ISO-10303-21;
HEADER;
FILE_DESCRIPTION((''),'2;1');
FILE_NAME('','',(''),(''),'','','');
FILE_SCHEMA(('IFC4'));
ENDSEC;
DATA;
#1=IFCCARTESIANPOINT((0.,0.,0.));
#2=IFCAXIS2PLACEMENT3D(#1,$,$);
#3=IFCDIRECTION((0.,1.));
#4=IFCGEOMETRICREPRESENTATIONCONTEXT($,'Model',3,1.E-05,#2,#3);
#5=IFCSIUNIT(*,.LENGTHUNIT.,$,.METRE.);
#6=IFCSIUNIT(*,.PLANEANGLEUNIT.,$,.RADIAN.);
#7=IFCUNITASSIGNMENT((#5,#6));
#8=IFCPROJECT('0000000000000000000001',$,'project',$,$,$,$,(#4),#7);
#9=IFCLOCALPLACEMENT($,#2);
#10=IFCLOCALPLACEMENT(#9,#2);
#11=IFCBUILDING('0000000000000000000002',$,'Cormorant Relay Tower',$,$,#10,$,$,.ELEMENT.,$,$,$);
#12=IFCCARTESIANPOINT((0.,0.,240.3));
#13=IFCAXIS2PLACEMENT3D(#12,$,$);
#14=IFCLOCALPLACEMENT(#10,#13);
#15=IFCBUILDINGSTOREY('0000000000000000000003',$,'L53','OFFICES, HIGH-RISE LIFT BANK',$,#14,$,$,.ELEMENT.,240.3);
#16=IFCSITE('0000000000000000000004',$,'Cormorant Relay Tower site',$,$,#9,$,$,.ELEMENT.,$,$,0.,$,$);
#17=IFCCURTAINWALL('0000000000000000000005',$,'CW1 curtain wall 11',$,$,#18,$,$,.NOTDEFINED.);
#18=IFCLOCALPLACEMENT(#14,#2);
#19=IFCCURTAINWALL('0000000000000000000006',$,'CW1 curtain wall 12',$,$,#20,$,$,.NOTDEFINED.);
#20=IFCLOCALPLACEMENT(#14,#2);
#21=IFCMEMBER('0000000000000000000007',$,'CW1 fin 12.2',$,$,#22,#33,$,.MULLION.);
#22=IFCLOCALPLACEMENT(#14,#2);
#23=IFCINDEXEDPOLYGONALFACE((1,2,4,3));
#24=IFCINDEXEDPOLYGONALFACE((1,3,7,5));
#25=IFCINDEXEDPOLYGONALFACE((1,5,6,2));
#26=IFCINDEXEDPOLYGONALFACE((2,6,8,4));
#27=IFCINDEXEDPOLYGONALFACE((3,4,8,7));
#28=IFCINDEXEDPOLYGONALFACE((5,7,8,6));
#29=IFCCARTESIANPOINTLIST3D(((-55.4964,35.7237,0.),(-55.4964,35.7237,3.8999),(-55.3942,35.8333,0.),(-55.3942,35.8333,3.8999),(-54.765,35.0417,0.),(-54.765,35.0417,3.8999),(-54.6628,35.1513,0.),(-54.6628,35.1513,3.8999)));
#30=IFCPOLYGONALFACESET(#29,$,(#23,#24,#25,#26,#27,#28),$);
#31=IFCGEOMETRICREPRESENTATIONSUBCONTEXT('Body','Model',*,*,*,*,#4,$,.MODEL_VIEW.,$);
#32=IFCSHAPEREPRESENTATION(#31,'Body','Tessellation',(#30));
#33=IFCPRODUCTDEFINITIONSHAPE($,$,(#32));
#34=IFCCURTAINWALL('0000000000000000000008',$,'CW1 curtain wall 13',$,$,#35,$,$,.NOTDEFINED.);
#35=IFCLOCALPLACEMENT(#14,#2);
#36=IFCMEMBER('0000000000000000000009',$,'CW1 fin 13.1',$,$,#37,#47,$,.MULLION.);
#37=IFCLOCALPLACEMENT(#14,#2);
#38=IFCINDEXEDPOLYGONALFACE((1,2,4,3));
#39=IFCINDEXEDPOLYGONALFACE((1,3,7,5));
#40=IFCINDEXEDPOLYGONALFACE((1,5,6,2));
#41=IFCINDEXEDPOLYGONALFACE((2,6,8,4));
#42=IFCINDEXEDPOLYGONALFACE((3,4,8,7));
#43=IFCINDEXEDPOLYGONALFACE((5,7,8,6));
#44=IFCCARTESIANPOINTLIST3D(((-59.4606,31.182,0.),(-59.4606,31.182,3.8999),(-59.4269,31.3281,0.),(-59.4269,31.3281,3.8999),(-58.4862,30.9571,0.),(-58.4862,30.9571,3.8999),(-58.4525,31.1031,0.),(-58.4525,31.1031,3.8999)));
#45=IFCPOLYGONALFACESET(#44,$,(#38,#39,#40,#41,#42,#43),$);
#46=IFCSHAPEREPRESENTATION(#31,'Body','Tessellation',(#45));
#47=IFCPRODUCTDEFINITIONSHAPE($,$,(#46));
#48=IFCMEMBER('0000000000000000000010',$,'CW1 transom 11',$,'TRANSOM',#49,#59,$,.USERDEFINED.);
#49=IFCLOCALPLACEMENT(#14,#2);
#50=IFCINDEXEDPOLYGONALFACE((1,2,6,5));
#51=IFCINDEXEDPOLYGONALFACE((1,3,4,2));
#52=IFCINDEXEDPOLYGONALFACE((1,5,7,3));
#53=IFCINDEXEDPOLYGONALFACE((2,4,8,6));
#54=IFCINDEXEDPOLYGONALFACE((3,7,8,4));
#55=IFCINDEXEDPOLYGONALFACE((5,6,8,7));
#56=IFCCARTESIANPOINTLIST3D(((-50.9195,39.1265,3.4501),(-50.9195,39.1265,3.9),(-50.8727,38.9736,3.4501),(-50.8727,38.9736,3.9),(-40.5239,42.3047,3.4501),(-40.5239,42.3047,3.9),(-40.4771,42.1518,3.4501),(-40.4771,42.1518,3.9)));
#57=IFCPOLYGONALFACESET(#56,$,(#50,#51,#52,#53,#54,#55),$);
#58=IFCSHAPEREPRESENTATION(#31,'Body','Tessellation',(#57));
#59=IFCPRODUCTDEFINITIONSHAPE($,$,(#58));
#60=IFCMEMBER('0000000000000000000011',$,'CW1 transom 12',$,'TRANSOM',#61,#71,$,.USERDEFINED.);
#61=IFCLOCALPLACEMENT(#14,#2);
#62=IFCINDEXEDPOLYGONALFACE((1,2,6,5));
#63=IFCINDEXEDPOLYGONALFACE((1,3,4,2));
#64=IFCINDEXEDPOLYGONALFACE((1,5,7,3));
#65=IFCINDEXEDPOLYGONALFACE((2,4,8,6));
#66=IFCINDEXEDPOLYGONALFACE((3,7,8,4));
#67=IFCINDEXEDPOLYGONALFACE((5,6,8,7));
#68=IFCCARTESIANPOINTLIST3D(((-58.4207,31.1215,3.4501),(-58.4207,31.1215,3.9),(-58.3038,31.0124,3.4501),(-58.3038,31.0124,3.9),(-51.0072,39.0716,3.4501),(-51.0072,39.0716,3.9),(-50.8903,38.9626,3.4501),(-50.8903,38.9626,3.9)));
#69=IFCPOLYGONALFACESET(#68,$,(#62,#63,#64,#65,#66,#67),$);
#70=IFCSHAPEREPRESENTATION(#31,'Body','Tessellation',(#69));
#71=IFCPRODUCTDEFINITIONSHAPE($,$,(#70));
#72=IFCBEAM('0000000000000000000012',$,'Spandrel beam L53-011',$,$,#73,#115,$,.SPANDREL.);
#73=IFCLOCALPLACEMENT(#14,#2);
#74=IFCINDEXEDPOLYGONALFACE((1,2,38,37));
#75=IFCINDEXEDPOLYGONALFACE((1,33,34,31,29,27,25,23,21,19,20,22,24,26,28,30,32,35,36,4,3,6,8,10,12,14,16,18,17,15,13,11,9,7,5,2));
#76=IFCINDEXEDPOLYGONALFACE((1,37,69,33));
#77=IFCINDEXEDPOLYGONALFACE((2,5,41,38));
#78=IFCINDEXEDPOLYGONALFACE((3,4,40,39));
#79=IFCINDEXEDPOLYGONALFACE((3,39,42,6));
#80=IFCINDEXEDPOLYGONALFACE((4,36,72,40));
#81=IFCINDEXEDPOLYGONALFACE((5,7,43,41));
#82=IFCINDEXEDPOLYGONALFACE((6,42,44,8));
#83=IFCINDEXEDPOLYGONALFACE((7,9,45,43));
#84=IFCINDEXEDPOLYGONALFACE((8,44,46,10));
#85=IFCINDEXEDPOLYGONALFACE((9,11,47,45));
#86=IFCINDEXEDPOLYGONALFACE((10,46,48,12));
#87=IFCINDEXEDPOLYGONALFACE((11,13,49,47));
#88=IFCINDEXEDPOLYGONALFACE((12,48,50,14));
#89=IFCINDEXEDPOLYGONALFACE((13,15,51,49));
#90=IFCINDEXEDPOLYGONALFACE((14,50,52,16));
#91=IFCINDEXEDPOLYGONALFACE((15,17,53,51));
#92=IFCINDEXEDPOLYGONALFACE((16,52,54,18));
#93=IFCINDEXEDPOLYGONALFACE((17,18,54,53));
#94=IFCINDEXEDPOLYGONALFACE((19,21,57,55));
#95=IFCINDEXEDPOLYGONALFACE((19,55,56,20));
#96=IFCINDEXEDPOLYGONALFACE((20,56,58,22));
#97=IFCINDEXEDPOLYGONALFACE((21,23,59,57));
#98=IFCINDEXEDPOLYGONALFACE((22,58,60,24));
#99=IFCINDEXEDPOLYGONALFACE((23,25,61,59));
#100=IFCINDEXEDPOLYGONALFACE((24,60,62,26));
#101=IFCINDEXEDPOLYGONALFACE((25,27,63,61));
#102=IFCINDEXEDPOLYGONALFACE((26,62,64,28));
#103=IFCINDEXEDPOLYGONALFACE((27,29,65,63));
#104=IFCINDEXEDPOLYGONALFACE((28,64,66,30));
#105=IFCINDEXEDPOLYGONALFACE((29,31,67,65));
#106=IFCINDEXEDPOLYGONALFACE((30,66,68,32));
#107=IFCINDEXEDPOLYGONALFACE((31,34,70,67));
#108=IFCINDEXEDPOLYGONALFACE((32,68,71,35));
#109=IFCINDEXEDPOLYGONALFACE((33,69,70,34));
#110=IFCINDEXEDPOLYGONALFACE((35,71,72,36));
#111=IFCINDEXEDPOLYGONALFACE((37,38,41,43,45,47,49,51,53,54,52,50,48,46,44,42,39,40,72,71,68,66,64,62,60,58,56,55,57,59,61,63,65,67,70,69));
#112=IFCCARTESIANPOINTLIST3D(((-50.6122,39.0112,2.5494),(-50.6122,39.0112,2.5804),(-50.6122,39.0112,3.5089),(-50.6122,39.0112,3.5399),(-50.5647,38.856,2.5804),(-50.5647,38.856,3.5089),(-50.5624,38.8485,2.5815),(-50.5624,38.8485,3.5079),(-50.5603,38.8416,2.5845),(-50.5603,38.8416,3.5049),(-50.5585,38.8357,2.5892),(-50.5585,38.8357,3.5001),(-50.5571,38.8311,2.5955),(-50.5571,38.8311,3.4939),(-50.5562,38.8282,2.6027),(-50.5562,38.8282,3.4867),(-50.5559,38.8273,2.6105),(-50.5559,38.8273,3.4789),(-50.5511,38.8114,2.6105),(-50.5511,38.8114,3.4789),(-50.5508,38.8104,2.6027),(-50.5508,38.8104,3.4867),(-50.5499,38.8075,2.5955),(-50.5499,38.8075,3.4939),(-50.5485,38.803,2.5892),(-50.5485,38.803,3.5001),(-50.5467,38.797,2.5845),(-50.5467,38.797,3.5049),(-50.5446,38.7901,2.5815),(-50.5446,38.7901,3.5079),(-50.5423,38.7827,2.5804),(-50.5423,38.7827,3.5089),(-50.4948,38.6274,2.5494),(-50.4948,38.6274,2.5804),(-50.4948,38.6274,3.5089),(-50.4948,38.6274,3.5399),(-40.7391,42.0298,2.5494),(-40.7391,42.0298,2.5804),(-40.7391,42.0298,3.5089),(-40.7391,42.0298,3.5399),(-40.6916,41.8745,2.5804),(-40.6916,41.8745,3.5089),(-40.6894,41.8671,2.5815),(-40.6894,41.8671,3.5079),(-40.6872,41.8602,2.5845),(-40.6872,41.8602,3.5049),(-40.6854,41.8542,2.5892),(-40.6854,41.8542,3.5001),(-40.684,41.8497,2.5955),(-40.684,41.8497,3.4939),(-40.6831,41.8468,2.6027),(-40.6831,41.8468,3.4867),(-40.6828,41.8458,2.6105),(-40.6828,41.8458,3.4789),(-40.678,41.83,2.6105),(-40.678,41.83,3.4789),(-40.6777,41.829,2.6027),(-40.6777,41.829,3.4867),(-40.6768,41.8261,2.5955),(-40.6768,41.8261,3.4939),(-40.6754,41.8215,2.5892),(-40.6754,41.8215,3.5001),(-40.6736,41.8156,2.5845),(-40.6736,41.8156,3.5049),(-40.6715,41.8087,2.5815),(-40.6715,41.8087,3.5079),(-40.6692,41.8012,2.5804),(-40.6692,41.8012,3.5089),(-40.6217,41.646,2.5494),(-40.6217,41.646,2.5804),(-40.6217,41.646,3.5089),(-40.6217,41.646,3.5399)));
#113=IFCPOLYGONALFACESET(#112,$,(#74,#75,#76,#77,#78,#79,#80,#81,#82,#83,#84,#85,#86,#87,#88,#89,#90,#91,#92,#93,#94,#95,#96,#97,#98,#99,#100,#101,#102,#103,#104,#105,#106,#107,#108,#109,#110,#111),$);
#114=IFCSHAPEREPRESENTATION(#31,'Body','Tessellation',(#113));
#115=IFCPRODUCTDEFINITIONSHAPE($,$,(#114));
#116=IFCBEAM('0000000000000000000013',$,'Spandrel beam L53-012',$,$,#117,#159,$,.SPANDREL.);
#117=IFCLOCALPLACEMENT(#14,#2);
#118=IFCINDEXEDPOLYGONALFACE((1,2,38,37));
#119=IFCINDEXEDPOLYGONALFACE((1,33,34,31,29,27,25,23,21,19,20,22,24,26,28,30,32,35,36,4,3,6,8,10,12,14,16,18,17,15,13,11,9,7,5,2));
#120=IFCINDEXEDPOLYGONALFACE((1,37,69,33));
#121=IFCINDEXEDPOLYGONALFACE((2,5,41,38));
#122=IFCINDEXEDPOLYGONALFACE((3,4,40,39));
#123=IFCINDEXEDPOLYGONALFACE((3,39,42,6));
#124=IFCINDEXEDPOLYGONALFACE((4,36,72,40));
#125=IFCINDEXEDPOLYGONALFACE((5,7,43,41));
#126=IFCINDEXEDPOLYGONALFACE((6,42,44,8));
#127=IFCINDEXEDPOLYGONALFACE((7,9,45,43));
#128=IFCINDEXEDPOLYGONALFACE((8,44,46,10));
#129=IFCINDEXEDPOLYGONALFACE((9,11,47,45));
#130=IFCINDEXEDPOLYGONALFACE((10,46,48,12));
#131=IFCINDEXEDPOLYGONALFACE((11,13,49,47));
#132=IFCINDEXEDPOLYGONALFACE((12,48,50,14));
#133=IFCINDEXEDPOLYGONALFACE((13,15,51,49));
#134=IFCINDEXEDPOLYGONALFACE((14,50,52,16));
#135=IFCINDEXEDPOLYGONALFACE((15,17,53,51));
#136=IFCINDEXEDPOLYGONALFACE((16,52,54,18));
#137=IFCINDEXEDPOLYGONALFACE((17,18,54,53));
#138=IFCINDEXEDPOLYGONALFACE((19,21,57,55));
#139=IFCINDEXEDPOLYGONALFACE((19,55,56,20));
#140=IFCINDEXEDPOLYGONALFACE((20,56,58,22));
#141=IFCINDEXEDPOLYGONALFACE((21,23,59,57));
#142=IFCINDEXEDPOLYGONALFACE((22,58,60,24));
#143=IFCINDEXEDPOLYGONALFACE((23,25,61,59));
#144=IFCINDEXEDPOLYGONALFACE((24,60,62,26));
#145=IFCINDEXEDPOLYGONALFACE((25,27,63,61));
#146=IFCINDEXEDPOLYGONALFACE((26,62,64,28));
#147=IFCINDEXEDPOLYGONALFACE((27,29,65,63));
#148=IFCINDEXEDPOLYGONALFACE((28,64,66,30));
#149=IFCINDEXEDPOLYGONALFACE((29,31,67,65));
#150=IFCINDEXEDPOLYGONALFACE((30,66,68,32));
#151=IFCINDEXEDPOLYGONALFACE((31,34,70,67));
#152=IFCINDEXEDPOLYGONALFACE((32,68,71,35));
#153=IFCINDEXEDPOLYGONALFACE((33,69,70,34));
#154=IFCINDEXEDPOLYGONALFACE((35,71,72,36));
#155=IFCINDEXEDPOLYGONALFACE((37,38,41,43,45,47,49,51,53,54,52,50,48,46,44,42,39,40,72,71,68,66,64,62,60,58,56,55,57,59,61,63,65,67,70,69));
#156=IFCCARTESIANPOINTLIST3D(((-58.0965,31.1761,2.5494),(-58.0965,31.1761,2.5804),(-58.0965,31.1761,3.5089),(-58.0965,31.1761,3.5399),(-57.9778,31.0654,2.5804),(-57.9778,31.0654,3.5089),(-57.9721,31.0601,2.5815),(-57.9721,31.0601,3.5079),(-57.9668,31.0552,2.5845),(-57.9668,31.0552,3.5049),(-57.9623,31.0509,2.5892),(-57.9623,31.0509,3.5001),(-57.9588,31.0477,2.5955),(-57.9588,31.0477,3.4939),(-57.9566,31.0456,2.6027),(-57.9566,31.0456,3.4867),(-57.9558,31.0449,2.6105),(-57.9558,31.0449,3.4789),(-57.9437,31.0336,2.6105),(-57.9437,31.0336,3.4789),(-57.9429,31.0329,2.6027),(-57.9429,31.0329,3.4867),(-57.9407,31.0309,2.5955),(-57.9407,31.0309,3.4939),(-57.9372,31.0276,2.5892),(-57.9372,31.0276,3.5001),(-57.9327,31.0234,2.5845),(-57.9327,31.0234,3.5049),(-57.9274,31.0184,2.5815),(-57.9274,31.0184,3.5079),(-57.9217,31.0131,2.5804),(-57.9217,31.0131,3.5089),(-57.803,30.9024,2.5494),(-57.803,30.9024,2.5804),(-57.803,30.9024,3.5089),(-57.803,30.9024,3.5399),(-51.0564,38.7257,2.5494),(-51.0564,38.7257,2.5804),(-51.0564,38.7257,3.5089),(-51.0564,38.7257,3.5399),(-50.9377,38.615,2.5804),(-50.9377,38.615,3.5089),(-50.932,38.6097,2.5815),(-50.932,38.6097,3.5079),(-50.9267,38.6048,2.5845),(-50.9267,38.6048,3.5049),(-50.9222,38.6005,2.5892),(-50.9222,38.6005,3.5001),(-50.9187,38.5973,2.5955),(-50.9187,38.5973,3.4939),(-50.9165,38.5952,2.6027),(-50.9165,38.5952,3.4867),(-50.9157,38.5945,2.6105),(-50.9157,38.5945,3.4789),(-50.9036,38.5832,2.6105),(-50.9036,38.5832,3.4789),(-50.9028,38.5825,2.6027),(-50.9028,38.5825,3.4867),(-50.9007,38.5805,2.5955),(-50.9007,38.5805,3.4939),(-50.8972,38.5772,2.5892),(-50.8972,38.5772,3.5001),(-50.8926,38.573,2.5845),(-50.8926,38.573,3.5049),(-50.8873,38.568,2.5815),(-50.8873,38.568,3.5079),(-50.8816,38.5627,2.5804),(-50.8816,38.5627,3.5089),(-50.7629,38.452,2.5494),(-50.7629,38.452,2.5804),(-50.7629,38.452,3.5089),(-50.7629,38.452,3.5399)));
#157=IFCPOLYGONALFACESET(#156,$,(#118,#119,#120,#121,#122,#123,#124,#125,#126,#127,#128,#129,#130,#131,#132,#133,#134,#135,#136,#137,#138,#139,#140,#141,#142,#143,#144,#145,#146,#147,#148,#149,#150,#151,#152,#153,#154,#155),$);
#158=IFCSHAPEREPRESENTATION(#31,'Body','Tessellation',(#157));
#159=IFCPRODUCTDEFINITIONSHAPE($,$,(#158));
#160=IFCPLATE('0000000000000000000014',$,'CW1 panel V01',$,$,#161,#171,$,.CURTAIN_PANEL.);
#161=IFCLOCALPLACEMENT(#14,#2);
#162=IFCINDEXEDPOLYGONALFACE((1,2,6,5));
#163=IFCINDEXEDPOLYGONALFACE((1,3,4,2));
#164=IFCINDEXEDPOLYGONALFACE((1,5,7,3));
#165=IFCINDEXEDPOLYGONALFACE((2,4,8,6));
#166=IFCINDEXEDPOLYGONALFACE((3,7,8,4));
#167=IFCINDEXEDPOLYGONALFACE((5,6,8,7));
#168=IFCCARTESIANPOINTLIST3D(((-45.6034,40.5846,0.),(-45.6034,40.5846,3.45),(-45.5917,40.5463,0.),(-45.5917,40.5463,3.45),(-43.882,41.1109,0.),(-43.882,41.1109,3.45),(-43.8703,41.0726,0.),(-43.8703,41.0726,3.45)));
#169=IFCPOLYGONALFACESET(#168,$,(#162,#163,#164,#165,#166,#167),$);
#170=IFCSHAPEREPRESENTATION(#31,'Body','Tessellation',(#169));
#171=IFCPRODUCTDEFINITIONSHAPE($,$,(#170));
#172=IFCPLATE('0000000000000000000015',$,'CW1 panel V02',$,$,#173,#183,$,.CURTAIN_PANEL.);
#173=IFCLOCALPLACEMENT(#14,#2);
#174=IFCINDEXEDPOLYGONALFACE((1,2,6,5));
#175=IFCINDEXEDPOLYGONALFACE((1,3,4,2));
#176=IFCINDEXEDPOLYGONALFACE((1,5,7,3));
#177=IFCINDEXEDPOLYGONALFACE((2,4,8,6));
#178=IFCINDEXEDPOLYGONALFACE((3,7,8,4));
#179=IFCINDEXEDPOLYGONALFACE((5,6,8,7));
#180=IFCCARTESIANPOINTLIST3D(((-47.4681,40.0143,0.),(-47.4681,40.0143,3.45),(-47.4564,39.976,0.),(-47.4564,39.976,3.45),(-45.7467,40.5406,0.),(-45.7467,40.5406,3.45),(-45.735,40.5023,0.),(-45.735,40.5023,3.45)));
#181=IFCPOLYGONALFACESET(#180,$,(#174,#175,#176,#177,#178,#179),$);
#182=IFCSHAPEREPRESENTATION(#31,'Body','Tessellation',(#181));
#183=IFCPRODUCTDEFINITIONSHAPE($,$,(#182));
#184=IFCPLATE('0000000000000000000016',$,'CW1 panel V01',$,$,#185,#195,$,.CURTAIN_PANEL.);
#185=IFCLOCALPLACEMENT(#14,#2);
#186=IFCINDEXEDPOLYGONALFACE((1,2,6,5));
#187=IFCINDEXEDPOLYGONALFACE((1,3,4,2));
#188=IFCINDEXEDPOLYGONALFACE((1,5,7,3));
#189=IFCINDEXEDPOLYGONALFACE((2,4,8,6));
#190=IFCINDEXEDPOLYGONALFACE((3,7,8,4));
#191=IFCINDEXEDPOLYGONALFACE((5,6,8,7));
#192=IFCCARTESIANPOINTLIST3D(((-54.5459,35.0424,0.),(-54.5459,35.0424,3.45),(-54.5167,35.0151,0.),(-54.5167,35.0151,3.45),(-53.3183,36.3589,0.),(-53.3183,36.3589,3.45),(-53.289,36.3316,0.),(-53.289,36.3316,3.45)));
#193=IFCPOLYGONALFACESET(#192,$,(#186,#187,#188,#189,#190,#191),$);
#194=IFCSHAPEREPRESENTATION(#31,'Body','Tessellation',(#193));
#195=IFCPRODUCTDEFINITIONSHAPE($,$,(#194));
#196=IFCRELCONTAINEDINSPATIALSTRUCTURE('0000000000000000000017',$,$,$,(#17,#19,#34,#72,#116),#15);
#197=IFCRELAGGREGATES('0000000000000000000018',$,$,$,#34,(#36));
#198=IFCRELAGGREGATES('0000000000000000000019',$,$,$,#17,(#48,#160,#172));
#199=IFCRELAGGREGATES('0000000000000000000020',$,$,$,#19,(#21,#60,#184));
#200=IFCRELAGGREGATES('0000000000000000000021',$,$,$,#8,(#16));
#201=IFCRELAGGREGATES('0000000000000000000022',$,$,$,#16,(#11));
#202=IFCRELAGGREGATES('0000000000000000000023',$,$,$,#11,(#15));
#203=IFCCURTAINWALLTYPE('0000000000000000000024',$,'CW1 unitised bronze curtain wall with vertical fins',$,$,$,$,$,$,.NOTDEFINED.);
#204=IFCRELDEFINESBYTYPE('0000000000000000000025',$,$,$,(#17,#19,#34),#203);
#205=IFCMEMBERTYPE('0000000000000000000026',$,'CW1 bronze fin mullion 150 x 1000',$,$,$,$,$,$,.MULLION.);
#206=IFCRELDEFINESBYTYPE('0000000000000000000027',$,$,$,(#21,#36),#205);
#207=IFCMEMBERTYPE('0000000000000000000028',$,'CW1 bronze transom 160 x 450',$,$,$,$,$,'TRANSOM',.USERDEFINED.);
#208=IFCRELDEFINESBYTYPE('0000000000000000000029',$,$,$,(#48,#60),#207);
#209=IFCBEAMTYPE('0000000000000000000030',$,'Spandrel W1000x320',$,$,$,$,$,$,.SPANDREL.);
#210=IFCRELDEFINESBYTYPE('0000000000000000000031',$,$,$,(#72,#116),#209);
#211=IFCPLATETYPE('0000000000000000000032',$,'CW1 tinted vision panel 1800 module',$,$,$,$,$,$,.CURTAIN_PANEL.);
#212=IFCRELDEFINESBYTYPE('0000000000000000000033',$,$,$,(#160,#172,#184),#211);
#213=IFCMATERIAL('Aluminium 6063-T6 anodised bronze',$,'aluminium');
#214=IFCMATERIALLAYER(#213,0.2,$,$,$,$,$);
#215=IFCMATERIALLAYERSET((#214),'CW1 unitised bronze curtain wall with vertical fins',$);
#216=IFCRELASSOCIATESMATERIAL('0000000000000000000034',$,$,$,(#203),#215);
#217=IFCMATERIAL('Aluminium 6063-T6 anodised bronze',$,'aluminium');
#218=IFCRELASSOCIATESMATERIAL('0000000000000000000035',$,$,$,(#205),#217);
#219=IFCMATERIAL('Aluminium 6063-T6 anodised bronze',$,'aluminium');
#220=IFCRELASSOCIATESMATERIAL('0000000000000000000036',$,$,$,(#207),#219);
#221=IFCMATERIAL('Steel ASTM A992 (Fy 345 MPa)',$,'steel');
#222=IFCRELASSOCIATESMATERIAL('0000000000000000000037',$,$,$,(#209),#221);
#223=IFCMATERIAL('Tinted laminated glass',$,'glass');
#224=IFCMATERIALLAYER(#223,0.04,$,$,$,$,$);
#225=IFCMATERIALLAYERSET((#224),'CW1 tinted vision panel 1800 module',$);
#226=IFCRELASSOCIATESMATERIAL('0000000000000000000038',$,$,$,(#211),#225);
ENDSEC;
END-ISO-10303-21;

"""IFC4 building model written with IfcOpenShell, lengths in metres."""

from ifc_helpers import new_model, si_unit, direction, frame, origin, origin_2d, place, context, subcontext, project, spatial, rectangle, i_section, extrude, material, layer, layer_set, material_profile, profile_set, type_object, element, aggregate, save


model = new_model("IFC4")

# Units and contexts
model_context = context("Model", 3, precision=1e-05, world=origin(), true_north=direction((0.0, 1.0)))
body_context = subcontext(model_context, "Body", "Model", "MODEL_VIEW")
ifc_project = project(units=[si_unit("LENGTHUNIT", "METRE"), si_unit("PLANEANGLEUNIT", "RADIAN")], contexts=[model_context])

# Site, building, storey
site_placement = place(None, origin())
site = spatial("IfcSite", under=ifc_project, at=site_placement, Name="Cormorant Relay Tower site", CompositionType="ELEMENT", RefElevation=0.0)
building_placement = place(site_placement, origin())
building = spatial("IfcBuilding", under=site, at=building_placement, Name="Cormorant Relay Tower", CompositionType="ELEMENT")
storey_placement = place(building_placement, frame((0.0, 0.0, 240.3)))
storey = spatial("IfcBuildingStorey", under=building, at=storey_placement, Name="L53", Description="OFFICES, HIGH-RISE LIFT BANK", CompositionType="ELEMENT", Elevation=240.3)

# Shared definitions
ifc_material_1 = material(Name="Aluminium 6063-T6 anodised bronze", Category="aluminium")
ifc_layer_1 = layer(ifc_material_1, 0.2)
ifc_layer_set_1 = layer_set([ifc_layer_1], Name="CW1 unitised bronze curtain wall with vertical fins")
curtain_wall_type = type_object("IfcCurtainWallType", Name="CW1 unitised bronze curtain wall with vertical fins", PredefinedType="NOTDEFINED", material=ifc_layer_set_1)
ifc_material_2 = material(Name="Aluminium 6063-T6 anodised bronze", Category="aluminium")
ifc_material_profile_1 = material_profile(ifc_material_2, rectangle(XDim=0.1499, YDim=1.0, at=origin_2d()), Name="AL 150x1000")
ifc_profile_set_1 = profile_set([ifc_material_profile_1], Name="Aluminium 6063-T6 anodised bronze")
member_type_1 = type_object("IfcMemberType", Name="CW1 bronze fin mullion 150 x 1000", PredefinedType="MULLION", material=ifc_profile_set_1)

# Curtain walls, member
curtain_wall_1_placement = place(storey_placement, origin())
curtain_wall_1 = element("IfcCurtainWall", 1, at=curtain_wall_1_placement, inside=storey, type_object=curtain_wall_type, Name="CW1 curtain wall 11", PredefinedType="NOTDEFINED")
curtain_wall_2_placement = place(storey_placement, origin())
curtain_wall_2 = element("IfcCurtainWall", 2, at=curtain_wall_2_placement, inside=storey, type_object=curtain_wall_type, Name="CW1 curtain wall 12", PredefinedType="NOTDEFINED")
member_1_placement = place(storey_placement, frame((-55.0796, 35.4375, 0.0), z_axis=(0.0, 0.0, 1.0), x_axis=(-0.681998, -0.731354, 0.0)))
member_1 = element("IfcMember", 3, at=member_1_placement, type_object=member_type_1, Name="CW1 fin 12.2", PredefinedType="MULLION", context=body_context, shape_type="SweptSolid", body=[
    extrude(rectangle(XDim=0.1499, YDim=1.0, at=origin_2d()), origin(), (0.0, 0.0, 1.0), 3.8999),
])

# Curtain wall, member
curtain_wall_3_placement = place(storey_placement, origin())
curtain_wall_3 = element("IfcCurtainWall", 4, at=curtain_wall_3_placement, inside=storey, type_object=curtain_wall_type, Name="CW1 curtain wall 13", PredefinedType="NOTDEFINED")
member_2_placement = place(storey_placement, frame((-58.9565, 31.1426, 0.0), z_axis=(0.0, 0.0, 1.0), x_axis=(-0.224951, -0.97437, 0.0)))
member_2 = element("IfcMember", 5, at=member_2_placement, type_object=member_type_1, Name="CW1 fin 13.1", PredefinedType="MULLION", context=body_context, shape_type="SweptSolid", body=[
    extrude(rectangle(XDim=0.1499, YDim=1.0, at=origin_2d()), origin(), (0.0, 0.0, 1.0), 3.8999),
])
aggregate(curtain_wall_3, [member_2])

# Members
ifc_material_3 = material(Name="Aluminium 6063-T6 anodised bronze", Category="aluminium")
ifc_material_profile_2 = material_profile(ifc_material_3, rectangle(XDim=0.1599, YDim=0.45, at=origin_2d()), Name="AL 160x450")
ifc_profile_set_2 = profile_set([ifc_material_profile_2], Name="Aluminium 6063-T6 anodised bronze")
member_type_2 = type_object("IfcMemberType", Name="CW1 bronze transom 160 x 450", ElementType="TRANSOM", PredefinedType="USERDEFINED", material=ifc_profile_set_2)
member_3_placement = place(storey_placement, frame((-40.5005, 42.2283, 3.675), z_axis=(-0.956305, -0.292371, 0.0), x_axis=(0.292371, -0.956305, 0.0)))
member_3 = element("IfcMember", 6, at=member_3_placement, type_object=member_type_2, Name="CW1 transom 11", ObjectType="TRANSOM", PredefinedType="USERDEFINED", context=body_context, shape_type="SweptSolid", body=[
    extrude(rectangle(XDim=0.1599, YDim=0.45, at=origin_2d()), origin(), (0.0, 0.0, 1.0), 10.8706),
])
member_4_placement = place(storey_placement, frame((-50.9487, 39.0171, 3.675), z_axis=(-0.681993, -0.731358, 0.0), x_axis=(0.731358, -0.681993, 0.0)))
member_4 = element("IfcMember", 7, at=member_4_placement, type_object=member_type_2, Name="CW1 transom 12", ObjectType="TRANSOM", PredefinedType="USERDEFINED", context=body_context, shape_type="SweptSolid", body=[
    extrude(rectangle(XDim=0.1599, YDim=0.45, at=origin_2d()), origin(), (0.0, 0.0, 1.0), 10.8704),
])

# Beams
ifc_material_4 = material(Name="Steel ASTM A992 (Fy 345 MPa)", Category="steel")
ifc_material_profile_3 = material_profile(ifc_material_4, i_section(OverallWidth=0.4014, OverallDepth=0.9905, WebThickness=0.0166, FlangeThickness=0.031, FilletRadius=0.03, at=origin_2d()), Name="W1000x320")
ifc_profile_set_3 = profile_set([ifc_material_profile_3], Name="Steel ASTM A992 (Fy 345 MPa)")
beam_type = type_object("IfcBeamType", Name="Spandrel W1000x320", PredefinedType="SPANDREL", material=ifc_profile_set_3)
beam_1_placement = place(storey_placement, frame((-40.6804, 41.8379, 3.0447), z_axis=(-0.956303, -0.292377, 0.0), x_axis=(0.292377, -0.956303, 0.0)))
element("IfcBeam", 8, at=beam_1_placement, inside=storey, type_object=beam_type, Name="Spandrel beam L53-011", PredefinedType="SPANDREL", context=body_context, shape_type="SweptSolid", body=[
    extrude(i_section(OverallWidth=0.4014, OverallDepth=0.9905, WebThickness=0.0166, FlangeThickness=0.031, FilletRadius=0.03, at=origin_2d()), origin(), (0.0, 0.0, 1.0), 10.3242),
])
beam_2_placement = place(storey_placement, frame((-50.9097, 38.5889, 3.0447), z_axis=(-0.681996, -0.731356, 0.0), x_axis=(0.731356, -0.681996, 0.0)))
element("IfcBeam", 9, at=beam_2_placement, inside=storey, type_object=beam_type, Name="Spandrel beam L53-012", PredefinedType="SPANDREL", context=body_context, shape_type="SweptSolid", body=[
    extrude(i_section(OverallWidth=0.4014, OverallDepth=0.9905, WebThickness=0.0166, FlangeThickness=0.031, FilletRadius=0.03, at=origin_2d()), origin(), (0.0, 0.0, 1.0), 10.3228),
])

# Plates
ifc_material_5 = material(Name="Tinted laminated glass", Category="glass")
ifc_layer_2 = layer(ifc_material_5, 0.04)
ifc_layer_set_2 = layer_set([ifc_layer_2], Name="CW1 tinted vision panel 1800 module")
plate_type_1 = type_object("IfcPlateType", Name="CW1 tinted vision panel 1800 module", PredefinedType="CURTAIN_PANEL", material=ifc_layer_set_2)
plate_1_placement = place(storey_placement, frame((-44.7368, 40.8286, 0.0), z_axis=(0.0, 0.0, 1.0), x_axis=(-0.956305, -0.292372, 0.0)))
plate_1 = element("IfcPlate", 10, at=plate_1_placement, type_object=plate_type_1, Name="CW1 panel V01", PredefinedType="CURTAIN_PANEL", context=body_context, shape_type="SweptSolid", body=[
    extrude(rectangle(XDim=1.8, YDim=0.04, at=origin_2d()), origin(), (0.0, 0.0, 1.0), 3.45),
])
plate_2_placement = place(storey_placement, frame((-46.6016, 40.2583, 0.0), z_axis=(0.0, 0.0, 1.0), x_axis=(-0.956305, -0.292372, 0.0)))
plate_2 = element("IfcPlate", 11, at=plate_2_placement, type_object=plate_type_1, Name="CW1 panel V02", PredefinedType="CURTAIN_PANEL", context=body_context, shape_type="SweptSolid", body=[
    extrude(rectangle(XDim=1.8, YDim=0.04, at=origin_2d()), origin(), (0.0, 0.0, 1.0), 3.45),
])
plate_3_placement = place(storey_placement, frame((-53.9175, 35.687, 0.0), z_axis=(0.0, 0.0, 1.0), x_axis=(-0.681998, -0.731354, 0.0)))
plate_3 = element("IfcPlate", 12, at=plate_3_placement, type_object=plate_type_1, Name="CW1 panel V01", PredefinedType="CURTAIN_PANEL", context=body_context, shape_type="SweptSolid", body=[
    extrude(rectangle(XDim=1.8, YDim=0.04, at=origin_2d()), origin(), (0.0, 0.0, 1.0), 3.45),
])

aggregate(curtain_wall_1, [member_3, plate_1, plate_2])
aggregate(curtain_wall_2, [member_1, member_4, plate_3])

save(model, "model.ifc")
